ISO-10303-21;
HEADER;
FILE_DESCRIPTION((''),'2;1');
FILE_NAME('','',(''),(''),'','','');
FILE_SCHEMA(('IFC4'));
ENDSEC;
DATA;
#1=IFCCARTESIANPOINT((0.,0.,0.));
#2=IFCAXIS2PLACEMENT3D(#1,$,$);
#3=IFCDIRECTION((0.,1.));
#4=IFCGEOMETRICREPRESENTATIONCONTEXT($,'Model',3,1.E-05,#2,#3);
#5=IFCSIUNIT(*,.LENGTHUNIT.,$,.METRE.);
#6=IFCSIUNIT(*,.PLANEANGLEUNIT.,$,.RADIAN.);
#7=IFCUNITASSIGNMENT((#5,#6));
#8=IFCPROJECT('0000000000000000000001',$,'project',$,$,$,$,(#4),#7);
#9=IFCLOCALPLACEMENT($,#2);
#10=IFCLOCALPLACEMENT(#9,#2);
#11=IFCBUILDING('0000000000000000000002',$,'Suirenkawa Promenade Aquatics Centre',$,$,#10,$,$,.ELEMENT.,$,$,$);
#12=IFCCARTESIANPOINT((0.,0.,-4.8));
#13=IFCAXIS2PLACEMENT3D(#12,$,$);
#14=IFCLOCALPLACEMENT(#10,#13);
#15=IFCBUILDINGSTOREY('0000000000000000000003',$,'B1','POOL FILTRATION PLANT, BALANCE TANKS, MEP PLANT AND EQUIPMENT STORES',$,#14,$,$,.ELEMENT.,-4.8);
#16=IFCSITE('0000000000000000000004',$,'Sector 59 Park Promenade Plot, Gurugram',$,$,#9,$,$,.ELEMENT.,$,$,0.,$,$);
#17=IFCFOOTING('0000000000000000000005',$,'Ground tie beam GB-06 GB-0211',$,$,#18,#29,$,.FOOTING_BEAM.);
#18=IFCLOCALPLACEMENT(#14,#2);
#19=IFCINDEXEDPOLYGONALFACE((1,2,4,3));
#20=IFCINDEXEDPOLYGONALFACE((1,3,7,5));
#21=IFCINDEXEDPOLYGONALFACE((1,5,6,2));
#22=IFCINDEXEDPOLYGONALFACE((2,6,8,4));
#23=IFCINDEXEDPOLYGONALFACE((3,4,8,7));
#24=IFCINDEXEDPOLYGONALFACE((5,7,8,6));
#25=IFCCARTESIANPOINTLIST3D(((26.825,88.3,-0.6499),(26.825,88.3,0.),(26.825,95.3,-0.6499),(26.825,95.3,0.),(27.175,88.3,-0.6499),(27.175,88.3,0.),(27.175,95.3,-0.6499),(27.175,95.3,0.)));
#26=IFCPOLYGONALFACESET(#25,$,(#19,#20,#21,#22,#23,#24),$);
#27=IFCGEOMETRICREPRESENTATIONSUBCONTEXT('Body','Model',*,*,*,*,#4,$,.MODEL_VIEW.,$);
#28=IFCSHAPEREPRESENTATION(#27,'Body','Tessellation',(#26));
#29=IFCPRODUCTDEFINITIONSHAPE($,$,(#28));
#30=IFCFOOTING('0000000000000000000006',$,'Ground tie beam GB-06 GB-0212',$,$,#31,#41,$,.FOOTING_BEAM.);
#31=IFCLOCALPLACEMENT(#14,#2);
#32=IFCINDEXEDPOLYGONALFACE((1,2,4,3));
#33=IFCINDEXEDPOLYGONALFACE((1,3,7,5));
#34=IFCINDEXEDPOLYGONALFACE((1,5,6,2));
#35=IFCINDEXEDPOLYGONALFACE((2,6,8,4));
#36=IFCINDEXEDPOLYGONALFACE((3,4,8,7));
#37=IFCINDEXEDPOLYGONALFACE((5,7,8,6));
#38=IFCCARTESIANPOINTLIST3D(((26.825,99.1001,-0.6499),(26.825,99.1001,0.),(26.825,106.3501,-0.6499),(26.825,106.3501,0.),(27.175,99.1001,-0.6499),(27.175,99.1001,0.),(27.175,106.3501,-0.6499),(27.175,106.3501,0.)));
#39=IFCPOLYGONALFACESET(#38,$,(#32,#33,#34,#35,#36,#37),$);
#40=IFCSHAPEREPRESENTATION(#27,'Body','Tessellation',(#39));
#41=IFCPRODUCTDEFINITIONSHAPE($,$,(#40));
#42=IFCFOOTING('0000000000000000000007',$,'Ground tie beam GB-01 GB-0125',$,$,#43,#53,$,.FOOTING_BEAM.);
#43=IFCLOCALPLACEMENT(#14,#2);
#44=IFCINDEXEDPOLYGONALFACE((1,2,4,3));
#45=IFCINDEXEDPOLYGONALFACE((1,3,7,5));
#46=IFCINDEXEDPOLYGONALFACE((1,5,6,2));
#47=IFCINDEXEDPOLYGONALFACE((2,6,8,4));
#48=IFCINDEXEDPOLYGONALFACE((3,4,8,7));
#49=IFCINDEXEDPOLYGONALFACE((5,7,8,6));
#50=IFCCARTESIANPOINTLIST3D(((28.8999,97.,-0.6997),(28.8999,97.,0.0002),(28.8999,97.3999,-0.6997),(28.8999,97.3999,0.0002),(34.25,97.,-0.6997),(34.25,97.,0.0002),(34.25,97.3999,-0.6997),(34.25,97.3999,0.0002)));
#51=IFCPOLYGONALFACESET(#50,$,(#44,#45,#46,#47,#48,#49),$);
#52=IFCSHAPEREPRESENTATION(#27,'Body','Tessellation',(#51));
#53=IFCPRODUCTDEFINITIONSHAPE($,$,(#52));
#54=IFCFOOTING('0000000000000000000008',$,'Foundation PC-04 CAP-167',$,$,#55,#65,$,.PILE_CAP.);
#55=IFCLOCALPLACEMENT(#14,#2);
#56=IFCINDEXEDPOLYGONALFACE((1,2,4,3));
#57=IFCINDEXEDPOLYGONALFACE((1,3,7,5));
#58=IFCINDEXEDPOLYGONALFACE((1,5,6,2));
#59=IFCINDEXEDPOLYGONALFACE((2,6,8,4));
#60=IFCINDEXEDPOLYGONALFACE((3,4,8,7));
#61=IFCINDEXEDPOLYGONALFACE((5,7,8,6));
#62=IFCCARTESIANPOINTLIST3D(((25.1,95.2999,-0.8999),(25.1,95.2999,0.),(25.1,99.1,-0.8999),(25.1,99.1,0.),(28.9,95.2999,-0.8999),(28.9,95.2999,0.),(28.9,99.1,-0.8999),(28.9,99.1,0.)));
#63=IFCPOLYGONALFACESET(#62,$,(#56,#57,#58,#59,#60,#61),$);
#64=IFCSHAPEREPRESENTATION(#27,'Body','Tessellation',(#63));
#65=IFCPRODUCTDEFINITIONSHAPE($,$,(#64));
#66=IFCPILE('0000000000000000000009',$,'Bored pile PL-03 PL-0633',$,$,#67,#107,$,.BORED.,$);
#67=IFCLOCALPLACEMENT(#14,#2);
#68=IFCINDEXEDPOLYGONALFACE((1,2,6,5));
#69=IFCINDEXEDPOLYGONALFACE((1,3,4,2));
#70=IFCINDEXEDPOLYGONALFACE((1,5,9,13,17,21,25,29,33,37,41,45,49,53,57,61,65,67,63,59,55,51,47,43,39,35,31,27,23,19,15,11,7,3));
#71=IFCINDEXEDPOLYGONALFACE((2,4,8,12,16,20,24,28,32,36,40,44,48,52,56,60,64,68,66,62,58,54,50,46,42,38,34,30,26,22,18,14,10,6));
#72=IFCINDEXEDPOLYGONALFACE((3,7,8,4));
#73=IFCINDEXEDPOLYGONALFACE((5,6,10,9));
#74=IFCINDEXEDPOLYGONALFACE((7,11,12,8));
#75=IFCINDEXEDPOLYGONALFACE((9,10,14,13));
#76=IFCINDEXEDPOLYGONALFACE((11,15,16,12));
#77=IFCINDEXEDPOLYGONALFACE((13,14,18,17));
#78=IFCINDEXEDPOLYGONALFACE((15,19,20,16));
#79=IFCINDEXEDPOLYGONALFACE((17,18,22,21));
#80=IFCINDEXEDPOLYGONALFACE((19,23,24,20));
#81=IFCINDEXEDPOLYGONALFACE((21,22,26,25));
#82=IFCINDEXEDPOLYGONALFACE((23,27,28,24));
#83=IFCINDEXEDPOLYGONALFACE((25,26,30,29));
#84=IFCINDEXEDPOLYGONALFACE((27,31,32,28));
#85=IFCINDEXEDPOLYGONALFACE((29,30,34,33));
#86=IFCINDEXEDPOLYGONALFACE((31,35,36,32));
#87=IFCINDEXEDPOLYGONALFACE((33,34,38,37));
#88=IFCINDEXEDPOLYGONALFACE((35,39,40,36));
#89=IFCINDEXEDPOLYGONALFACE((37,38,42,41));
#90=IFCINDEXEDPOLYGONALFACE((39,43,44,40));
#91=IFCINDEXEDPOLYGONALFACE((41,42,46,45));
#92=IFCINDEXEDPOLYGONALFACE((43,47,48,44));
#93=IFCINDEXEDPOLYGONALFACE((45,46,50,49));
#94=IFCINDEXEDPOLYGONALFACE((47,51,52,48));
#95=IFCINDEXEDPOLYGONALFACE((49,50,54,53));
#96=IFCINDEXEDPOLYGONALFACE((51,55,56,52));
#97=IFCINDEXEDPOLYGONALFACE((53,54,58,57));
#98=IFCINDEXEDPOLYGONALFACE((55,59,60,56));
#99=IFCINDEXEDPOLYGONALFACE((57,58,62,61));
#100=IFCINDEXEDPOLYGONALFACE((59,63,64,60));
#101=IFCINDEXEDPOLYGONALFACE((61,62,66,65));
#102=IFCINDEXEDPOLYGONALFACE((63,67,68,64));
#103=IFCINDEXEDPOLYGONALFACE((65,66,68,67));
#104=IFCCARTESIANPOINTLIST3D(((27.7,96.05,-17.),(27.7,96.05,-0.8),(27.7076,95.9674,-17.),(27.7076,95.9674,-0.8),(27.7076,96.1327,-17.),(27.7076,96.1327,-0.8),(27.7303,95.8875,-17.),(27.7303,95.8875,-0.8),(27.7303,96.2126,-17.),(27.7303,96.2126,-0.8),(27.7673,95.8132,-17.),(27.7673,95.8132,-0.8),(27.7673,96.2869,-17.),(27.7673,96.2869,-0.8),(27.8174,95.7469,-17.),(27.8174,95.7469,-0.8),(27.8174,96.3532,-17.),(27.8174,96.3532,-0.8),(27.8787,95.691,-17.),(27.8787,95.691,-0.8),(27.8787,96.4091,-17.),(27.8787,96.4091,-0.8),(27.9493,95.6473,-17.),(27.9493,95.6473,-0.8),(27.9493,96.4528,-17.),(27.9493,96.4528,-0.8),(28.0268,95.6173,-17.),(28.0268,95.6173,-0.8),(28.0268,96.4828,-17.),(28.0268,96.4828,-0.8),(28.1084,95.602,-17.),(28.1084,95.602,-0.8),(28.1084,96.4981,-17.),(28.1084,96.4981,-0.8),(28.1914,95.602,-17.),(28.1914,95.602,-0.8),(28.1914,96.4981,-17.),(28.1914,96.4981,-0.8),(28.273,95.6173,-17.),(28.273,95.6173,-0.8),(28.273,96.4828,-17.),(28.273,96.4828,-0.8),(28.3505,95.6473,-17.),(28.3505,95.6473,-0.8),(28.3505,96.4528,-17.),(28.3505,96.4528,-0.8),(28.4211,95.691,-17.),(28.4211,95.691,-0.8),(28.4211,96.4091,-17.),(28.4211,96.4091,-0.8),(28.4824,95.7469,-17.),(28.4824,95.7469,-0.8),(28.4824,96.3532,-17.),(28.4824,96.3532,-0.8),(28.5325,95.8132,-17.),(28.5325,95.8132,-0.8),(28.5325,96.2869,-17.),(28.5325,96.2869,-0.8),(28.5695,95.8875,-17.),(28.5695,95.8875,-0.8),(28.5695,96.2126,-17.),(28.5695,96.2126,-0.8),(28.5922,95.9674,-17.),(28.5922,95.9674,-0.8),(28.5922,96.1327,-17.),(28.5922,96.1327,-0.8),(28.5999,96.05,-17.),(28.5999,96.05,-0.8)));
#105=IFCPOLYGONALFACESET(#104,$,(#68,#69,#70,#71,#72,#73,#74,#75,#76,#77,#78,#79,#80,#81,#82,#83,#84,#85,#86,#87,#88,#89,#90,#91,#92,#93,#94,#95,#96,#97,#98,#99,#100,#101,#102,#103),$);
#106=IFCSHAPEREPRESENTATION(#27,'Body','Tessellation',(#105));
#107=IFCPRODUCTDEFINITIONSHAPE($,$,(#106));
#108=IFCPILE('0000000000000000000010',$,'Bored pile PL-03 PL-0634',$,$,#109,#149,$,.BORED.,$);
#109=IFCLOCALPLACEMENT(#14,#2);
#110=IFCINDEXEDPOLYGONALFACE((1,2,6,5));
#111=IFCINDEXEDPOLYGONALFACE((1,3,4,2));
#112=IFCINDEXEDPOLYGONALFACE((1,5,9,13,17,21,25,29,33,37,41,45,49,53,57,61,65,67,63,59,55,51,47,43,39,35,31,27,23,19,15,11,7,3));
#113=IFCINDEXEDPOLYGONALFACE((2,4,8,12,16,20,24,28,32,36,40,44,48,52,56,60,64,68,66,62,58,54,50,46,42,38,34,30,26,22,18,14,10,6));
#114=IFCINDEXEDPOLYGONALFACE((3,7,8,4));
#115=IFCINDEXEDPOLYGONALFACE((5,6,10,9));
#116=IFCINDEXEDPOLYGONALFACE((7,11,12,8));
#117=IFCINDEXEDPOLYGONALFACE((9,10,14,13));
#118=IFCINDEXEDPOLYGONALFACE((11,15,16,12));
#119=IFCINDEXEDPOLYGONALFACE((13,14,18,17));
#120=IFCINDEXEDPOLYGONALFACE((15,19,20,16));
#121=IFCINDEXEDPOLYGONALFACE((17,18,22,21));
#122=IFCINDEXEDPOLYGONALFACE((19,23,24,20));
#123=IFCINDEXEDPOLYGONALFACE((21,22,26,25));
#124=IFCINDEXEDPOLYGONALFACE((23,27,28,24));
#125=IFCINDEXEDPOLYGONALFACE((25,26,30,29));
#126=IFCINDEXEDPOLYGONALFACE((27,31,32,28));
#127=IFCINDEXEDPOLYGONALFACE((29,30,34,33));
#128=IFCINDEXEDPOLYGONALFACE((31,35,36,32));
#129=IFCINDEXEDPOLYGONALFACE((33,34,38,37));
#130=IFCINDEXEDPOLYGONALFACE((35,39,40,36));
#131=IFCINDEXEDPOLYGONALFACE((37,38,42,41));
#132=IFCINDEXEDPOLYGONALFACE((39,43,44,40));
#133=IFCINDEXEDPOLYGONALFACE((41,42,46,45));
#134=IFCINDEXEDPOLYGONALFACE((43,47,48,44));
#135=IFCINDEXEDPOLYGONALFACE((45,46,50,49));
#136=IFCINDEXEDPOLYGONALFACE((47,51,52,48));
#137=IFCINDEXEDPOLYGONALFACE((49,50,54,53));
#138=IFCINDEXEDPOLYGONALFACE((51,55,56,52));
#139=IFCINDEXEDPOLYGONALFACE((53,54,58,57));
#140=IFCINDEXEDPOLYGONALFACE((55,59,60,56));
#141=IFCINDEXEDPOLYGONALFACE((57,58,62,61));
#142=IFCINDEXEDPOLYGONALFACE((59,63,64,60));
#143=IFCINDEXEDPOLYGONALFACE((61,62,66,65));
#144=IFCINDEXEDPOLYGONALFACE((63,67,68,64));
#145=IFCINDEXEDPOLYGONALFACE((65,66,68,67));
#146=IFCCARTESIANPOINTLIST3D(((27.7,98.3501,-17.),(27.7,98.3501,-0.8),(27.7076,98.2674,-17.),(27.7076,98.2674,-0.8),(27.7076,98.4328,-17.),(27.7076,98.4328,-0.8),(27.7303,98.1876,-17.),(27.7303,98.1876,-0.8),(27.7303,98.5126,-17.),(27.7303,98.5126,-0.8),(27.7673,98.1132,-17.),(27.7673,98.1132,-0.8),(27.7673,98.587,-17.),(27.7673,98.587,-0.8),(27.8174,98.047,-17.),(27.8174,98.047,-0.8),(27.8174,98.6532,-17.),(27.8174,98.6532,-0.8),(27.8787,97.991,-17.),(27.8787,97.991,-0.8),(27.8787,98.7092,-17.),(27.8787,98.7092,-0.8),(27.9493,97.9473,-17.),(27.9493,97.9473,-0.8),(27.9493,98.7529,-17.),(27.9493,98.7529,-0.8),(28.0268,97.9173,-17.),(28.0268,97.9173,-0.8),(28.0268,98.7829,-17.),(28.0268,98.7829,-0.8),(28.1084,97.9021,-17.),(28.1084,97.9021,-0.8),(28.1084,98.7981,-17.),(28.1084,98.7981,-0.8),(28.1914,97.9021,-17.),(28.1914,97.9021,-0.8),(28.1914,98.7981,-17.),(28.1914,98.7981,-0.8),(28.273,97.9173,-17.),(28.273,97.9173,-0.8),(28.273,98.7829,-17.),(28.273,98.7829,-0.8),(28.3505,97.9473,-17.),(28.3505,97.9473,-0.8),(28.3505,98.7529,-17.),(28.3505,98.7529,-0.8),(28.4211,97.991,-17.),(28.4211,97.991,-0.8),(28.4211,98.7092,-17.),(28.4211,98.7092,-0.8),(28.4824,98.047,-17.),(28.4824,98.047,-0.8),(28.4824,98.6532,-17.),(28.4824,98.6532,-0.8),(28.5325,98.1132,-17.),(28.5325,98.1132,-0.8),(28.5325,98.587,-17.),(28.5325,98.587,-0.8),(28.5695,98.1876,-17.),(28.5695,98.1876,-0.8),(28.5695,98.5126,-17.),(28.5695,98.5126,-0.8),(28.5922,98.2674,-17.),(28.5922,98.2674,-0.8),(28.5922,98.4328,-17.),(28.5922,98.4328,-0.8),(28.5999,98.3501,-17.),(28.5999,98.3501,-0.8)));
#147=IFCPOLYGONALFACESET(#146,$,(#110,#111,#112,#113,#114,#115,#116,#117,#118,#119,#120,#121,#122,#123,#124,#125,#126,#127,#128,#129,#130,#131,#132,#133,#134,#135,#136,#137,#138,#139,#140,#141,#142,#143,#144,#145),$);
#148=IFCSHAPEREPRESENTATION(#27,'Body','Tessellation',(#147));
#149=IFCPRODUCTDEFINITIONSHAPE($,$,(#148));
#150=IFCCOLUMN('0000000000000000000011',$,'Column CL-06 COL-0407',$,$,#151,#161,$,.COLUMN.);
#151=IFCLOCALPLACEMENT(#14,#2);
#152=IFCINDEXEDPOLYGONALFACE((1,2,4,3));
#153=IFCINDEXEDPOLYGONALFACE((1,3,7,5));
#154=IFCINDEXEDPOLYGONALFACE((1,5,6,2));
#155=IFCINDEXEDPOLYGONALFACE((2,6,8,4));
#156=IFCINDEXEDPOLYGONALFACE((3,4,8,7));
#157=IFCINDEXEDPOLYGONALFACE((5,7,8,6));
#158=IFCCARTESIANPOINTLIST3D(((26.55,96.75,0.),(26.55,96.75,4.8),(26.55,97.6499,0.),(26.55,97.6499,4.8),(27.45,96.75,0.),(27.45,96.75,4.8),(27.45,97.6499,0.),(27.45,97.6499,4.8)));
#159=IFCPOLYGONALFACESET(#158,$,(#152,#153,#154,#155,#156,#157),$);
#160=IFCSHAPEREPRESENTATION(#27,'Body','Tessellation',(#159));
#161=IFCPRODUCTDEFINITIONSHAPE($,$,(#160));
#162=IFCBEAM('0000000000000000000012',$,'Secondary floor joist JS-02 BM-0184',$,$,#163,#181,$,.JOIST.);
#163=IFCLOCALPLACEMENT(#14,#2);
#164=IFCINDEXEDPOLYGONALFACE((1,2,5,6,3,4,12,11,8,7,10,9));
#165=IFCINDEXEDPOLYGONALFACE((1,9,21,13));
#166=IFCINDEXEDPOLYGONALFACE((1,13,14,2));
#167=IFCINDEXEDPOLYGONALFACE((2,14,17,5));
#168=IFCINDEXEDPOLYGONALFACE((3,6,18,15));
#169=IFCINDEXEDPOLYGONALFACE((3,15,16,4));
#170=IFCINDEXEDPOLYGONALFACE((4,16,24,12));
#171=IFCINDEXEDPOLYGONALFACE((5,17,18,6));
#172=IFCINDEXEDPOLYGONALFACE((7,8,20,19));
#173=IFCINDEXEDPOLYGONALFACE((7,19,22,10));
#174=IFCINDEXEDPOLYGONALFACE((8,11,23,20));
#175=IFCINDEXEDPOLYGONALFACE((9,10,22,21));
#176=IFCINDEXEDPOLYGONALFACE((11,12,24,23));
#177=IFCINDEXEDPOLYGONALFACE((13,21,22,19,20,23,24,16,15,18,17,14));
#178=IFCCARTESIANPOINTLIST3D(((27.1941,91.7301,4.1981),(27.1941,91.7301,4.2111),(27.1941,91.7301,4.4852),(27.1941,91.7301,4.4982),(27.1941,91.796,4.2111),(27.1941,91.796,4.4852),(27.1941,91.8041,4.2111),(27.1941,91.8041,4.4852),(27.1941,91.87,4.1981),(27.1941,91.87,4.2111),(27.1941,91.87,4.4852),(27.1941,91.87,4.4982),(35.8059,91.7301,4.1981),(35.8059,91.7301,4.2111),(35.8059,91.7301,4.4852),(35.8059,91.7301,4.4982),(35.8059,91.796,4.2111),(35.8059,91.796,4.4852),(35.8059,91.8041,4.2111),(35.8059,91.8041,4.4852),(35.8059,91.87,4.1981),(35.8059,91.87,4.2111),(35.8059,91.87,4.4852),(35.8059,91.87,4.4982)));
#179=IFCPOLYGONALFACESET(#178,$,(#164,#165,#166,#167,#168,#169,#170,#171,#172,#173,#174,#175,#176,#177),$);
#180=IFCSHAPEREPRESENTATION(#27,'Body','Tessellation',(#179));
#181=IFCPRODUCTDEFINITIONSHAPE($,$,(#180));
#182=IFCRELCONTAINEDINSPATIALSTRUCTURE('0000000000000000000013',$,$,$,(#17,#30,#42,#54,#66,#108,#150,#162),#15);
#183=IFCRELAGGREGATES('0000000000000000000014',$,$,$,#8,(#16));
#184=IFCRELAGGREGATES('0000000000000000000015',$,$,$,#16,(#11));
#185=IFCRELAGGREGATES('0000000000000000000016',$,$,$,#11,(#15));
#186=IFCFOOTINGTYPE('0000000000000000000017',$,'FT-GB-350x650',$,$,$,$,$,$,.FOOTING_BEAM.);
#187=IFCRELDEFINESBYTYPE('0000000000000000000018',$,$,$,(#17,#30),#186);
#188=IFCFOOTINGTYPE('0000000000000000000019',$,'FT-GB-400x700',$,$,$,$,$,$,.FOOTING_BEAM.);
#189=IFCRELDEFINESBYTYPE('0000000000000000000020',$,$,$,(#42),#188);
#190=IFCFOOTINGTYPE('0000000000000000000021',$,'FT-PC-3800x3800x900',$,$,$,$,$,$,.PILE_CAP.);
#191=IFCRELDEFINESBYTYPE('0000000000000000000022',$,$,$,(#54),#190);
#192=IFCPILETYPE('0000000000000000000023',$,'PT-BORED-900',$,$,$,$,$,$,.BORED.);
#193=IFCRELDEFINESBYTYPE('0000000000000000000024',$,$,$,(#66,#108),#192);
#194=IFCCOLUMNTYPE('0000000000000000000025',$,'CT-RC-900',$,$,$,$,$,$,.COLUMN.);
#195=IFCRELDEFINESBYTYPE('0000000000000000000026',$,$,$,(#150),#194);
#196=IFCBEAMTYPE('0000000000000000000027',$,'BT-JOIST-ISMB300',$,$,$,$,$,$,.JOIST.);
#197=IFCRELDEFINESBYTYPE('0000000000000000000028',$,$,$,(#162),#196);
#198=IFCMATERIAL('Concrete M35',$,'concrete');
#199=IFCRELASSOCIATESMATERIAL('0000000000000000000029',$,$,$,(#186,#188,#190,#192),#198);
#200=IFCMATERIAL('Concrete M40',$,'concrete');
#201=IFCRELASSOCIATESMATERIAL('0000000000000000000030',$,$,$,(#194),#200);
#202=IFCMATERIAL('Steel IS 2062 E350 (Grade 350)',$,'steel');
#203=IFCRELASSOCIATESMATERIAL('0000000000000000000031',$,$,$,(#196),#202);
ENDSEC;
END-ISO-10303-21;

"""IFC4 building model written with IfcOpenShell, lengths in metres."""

from ifc_helpers import new_model, si_unit, direction, frame, origin, origin_2d, place, context, subcontext, project, spatial, rectangle, circle, i_section, extrude, material, material_profile, profile_set, type_object, element, save


model = new_model("IFC4")

# Units and contexts
model_context = context("Model", 3, precision=1e-05, world=origin(), true_north=direction((0.0, 1.0)))
body_context = subcontext(model_context, "Body", "Model", "MODEL_VIEW")
ifc_project = project(units=[si_unit("LENGTHUNIT", "METRE"), si_unit("PLANEANGLEUNIT", "RADIAN")], contexts=[model_context])

# Site, building, storey
site_placement = place(None, origin())
site = spatial("IfcSite", under=ifc_project, at=site_placement, Name="Sector 59 Park Promenade Plot, Gurugram", CompositionType="ELEMENT", RefElevation=0.0)
building_placement = place(site_placement, origin())
building = spatial("IfcBuilding", under=site, at=building_placement, Name="Suirenkawa Promenade Aquatics Centre", CompositionType="ELEMENT")
storey_placement = place(building_placement, frame((0.0, 0.0, -4.8)))
storey = spatial("IfcBuildingStorey", under=building, at=storey_placement, Name="B1", Description="POOL FILTRATION PLANT, BALANCE TANKS, MEP PLANT AND EQUIPMENT STORES", CompositionType="ELEMENT", Elevation=-4.8)

# Footings
ifc_material_1 = material(Name="Concrete M35", Category="concrete")
footing_type_1 = type_object("IfcFootingType", Name="FT-GB-350x650", PredefinedType="FOOTING_BEAM", material=ifc_material_1)
footing_1_placement = place(storey_placement, frame((27.0, 91.8, -0.6499), z_axis=(0.0, 0.0, 1.0), x_axis=(0.0, 1.0, 0.0)))
element("IfcFooting", 1, at=footing_1_placement, inside=storey, type_object=footing_type_1, Name="Ground tie beam GB-06 GB-0211", PredefinedType="FOOTING_BEAM", context=body_context, shape_type="SweptSolid", body=[
    extrude(rectangle(XDim=7.0, YDim=0.3501, at=origin_2d()), origin(), (0.0, 0.0, 1.0), 0.6499),
])
footing_2_placement = place(storey_placement, frame((27.0, 102.7251, -0.6499), z_axis=(0.0, 0.0, 1.0), x_axis=(0.0, 1.0, 0.0)))
element("IfcFooting", 2, at=footing_2_placement, inside=storey, type_object=footing_type_1, Name="Ground tie beam GB-06 GB-0212", PredefinedType="FOOTING_BEAM", context=body_context, shape_type="SweptSolid", body=[
    extrude(rectangle(XDim=7.25, YDim=0.3501, at=origin_2d()), origin(), (0.0, 0.0, 1.0), 0.6499),
])
footing_type_2 = type_object("IfcFootingType", Name="FT-GB-400x700", PredefinedType="FOOTING_BEAM", material=ifc_material_1)
footing_3_placement = place(storey_placement, frame((31.575, 97.2, -0.6997), z_axis=(0.0, 0.0, 1.0), x_axis=(1.0, 0.0, 0.0)))
element("IfcFooting", 3, at=footing_3_placement, inside=storey, type_object=footing_type_2, Name="Ground tie beam GB-01 GB-0125", PredefinedType="FOOTING_BEAM", context=body_context, shape_type="SweptSolid", body=[
    extrude(rectangle(XDim=5.3501, YDim=0.3999, at=origin_2d()), origin(), (0.0, 0.0, 1.0), 0.7),
])
footing_type_3 = type_object("IfcFootingType", Name="FT-PC-3800x3800x900", PredefinedType="PILE_CAP", material=ifc_material_1)
footing_4_placement = place(storey_placement, frame((27.0, 97.2, -0.8999), z_axis=(0.0, 0.0, 1.0), x_axis=(1.0, 0.0, 0.0)))
element("IfcFooting", 4, at=footing_4_placement, inside=storey, type_object=footing_type_3, Name="Foundation PC-04 CAP-167", PredefinedType="PILE_CAP", context=body_context, shape_type="SweptSolid", body=[
    extrude(rectangle(XDim=3.8, YDim=3.8, at=origin_2d()), origin(), (0.0, 0.0, 1.0), 0.8999),
])

# Piles
ifc_material_profile_1 = material_profile(ifc_material_1, circle(Radius=0.45, at=origin_2d()), Name="PILE D900", Category="concrete")
ifc_profile_set_1 = profile_set([ifc_material_profile_1], Name="Concrete M35")
pile_type = type_object("IfcPileType", Name="PT-BORED-900", PredefinedType="BORED", material=ifc_profile_set_1)
for number, where, z_axis, x_axis, name in (
    (5, (28.1499, 96.05, -0.8), (0.0, 0.0, -1.0), (1.0, 0.0, 0.0), "Bored pile PL-03 PL-0633"),
    (6, (28.1499, 98.3501, -0.8), (0.0, 0.0, -1.0), (1.0, 0.0, 0.0), "Bored pile PL-03 PL-0634"),
):
    element("IfcPile", number, at=place(storey_placement, frame(where, z_axis=z_axis, x_axis=x_axis)), inside=storey, type_object=pile_type, Name=name, PredefinedType="BORED", context=body_context, shape_type="SweptSolid", body=[
        extrude(circle(Radius=0.45, at=origin_2d()), origin(), (0.0, 0.0, 1.0), 16.2),
    ])

# Column
ifc_material_2 = material(Name="Concrete M40", Category="concrete")
ifc_material_profile_2 = material_profile(ifc_material_2, rectangle(XDim=0.8999, YDim=0.8999, at=origin_2d()), Name="RC COL 900x900", Category="concrete")
ifc_profile_set_2 = profile_set([ifc_material_profile_2], Name="Concrete M40")
column_type = type_object("IfcColumnType", Name="CT-RC-900", PredefinedType="COLUMN", material=ifc_profile_set_2)
column_placement = place(storey_placement, frame((27.0, 97.2, 0.0), z_axis=(0.0, 0.0, 1.0), x_axis=(1.0, 0.0, 0.0)))
element("IfcColumn", 7, at=column_placement, inside=storey, type_object=column_type, Name="Column CL-06 COL-0407", PredefinedType="COLUMN", context=body_context, shape_type="SweptSolid", body=[
    extrude(rectangle(XDim=0.8999, YDim=0.8999, at=origin_2d()), origin(), (0.0, 0.0, 1.0), 4.8),
])

# Beam
ifc_material_3 = material(Name="Steel IS 2062 E350 (Grade 350)", Category="steel")
ifc_material_profile_3 = material_profile(ifc_material_3, i_section(OverallWidth=0.1399, OverallDepth=0.3, WebThickness=0.0081, FlangeThickness=0.0129, at=origin_2d()), Name="ISMB 300", Category="steel")
ifc_profile_set_3 = profile_set([ifc_material_profile_3], Name="Steel IS 2062 E350 (Grade 350)")
beam_type_1 = type_object("IfcBeamType", Name="BT-JOIST-ISMB300", PredefinedType="JOIST", material=ifc_profile_set_3)
for number, where, z_axis, x_axis, name in (
    (8, (27.1941, 91.8, 4.3481), (1.0, 0.0, 0.0), (0.0, 1.0, 0.0), "Secondary floor joist JS-02 BM-0184"),
):
    element("IfcBeam", number, at=place(storey_placement, frame(where, z_axis=z_axis, x_axis=x_axis)), inside=storey, type_object=beam_type_1, Name=name, PredefinedType="JOIST", context=body_context, shape_type="SweptSolid", body=[
        extrude(i_section(OverallWidth=0.1399, OverallDepth=0.3, WebThickness=0.0081, FlangeThickness=0.0129, at=origin_2d()), origin(), (0.0, 0.0, 1.0), 8.6118),
    ])

save(model, "model.ifc")
